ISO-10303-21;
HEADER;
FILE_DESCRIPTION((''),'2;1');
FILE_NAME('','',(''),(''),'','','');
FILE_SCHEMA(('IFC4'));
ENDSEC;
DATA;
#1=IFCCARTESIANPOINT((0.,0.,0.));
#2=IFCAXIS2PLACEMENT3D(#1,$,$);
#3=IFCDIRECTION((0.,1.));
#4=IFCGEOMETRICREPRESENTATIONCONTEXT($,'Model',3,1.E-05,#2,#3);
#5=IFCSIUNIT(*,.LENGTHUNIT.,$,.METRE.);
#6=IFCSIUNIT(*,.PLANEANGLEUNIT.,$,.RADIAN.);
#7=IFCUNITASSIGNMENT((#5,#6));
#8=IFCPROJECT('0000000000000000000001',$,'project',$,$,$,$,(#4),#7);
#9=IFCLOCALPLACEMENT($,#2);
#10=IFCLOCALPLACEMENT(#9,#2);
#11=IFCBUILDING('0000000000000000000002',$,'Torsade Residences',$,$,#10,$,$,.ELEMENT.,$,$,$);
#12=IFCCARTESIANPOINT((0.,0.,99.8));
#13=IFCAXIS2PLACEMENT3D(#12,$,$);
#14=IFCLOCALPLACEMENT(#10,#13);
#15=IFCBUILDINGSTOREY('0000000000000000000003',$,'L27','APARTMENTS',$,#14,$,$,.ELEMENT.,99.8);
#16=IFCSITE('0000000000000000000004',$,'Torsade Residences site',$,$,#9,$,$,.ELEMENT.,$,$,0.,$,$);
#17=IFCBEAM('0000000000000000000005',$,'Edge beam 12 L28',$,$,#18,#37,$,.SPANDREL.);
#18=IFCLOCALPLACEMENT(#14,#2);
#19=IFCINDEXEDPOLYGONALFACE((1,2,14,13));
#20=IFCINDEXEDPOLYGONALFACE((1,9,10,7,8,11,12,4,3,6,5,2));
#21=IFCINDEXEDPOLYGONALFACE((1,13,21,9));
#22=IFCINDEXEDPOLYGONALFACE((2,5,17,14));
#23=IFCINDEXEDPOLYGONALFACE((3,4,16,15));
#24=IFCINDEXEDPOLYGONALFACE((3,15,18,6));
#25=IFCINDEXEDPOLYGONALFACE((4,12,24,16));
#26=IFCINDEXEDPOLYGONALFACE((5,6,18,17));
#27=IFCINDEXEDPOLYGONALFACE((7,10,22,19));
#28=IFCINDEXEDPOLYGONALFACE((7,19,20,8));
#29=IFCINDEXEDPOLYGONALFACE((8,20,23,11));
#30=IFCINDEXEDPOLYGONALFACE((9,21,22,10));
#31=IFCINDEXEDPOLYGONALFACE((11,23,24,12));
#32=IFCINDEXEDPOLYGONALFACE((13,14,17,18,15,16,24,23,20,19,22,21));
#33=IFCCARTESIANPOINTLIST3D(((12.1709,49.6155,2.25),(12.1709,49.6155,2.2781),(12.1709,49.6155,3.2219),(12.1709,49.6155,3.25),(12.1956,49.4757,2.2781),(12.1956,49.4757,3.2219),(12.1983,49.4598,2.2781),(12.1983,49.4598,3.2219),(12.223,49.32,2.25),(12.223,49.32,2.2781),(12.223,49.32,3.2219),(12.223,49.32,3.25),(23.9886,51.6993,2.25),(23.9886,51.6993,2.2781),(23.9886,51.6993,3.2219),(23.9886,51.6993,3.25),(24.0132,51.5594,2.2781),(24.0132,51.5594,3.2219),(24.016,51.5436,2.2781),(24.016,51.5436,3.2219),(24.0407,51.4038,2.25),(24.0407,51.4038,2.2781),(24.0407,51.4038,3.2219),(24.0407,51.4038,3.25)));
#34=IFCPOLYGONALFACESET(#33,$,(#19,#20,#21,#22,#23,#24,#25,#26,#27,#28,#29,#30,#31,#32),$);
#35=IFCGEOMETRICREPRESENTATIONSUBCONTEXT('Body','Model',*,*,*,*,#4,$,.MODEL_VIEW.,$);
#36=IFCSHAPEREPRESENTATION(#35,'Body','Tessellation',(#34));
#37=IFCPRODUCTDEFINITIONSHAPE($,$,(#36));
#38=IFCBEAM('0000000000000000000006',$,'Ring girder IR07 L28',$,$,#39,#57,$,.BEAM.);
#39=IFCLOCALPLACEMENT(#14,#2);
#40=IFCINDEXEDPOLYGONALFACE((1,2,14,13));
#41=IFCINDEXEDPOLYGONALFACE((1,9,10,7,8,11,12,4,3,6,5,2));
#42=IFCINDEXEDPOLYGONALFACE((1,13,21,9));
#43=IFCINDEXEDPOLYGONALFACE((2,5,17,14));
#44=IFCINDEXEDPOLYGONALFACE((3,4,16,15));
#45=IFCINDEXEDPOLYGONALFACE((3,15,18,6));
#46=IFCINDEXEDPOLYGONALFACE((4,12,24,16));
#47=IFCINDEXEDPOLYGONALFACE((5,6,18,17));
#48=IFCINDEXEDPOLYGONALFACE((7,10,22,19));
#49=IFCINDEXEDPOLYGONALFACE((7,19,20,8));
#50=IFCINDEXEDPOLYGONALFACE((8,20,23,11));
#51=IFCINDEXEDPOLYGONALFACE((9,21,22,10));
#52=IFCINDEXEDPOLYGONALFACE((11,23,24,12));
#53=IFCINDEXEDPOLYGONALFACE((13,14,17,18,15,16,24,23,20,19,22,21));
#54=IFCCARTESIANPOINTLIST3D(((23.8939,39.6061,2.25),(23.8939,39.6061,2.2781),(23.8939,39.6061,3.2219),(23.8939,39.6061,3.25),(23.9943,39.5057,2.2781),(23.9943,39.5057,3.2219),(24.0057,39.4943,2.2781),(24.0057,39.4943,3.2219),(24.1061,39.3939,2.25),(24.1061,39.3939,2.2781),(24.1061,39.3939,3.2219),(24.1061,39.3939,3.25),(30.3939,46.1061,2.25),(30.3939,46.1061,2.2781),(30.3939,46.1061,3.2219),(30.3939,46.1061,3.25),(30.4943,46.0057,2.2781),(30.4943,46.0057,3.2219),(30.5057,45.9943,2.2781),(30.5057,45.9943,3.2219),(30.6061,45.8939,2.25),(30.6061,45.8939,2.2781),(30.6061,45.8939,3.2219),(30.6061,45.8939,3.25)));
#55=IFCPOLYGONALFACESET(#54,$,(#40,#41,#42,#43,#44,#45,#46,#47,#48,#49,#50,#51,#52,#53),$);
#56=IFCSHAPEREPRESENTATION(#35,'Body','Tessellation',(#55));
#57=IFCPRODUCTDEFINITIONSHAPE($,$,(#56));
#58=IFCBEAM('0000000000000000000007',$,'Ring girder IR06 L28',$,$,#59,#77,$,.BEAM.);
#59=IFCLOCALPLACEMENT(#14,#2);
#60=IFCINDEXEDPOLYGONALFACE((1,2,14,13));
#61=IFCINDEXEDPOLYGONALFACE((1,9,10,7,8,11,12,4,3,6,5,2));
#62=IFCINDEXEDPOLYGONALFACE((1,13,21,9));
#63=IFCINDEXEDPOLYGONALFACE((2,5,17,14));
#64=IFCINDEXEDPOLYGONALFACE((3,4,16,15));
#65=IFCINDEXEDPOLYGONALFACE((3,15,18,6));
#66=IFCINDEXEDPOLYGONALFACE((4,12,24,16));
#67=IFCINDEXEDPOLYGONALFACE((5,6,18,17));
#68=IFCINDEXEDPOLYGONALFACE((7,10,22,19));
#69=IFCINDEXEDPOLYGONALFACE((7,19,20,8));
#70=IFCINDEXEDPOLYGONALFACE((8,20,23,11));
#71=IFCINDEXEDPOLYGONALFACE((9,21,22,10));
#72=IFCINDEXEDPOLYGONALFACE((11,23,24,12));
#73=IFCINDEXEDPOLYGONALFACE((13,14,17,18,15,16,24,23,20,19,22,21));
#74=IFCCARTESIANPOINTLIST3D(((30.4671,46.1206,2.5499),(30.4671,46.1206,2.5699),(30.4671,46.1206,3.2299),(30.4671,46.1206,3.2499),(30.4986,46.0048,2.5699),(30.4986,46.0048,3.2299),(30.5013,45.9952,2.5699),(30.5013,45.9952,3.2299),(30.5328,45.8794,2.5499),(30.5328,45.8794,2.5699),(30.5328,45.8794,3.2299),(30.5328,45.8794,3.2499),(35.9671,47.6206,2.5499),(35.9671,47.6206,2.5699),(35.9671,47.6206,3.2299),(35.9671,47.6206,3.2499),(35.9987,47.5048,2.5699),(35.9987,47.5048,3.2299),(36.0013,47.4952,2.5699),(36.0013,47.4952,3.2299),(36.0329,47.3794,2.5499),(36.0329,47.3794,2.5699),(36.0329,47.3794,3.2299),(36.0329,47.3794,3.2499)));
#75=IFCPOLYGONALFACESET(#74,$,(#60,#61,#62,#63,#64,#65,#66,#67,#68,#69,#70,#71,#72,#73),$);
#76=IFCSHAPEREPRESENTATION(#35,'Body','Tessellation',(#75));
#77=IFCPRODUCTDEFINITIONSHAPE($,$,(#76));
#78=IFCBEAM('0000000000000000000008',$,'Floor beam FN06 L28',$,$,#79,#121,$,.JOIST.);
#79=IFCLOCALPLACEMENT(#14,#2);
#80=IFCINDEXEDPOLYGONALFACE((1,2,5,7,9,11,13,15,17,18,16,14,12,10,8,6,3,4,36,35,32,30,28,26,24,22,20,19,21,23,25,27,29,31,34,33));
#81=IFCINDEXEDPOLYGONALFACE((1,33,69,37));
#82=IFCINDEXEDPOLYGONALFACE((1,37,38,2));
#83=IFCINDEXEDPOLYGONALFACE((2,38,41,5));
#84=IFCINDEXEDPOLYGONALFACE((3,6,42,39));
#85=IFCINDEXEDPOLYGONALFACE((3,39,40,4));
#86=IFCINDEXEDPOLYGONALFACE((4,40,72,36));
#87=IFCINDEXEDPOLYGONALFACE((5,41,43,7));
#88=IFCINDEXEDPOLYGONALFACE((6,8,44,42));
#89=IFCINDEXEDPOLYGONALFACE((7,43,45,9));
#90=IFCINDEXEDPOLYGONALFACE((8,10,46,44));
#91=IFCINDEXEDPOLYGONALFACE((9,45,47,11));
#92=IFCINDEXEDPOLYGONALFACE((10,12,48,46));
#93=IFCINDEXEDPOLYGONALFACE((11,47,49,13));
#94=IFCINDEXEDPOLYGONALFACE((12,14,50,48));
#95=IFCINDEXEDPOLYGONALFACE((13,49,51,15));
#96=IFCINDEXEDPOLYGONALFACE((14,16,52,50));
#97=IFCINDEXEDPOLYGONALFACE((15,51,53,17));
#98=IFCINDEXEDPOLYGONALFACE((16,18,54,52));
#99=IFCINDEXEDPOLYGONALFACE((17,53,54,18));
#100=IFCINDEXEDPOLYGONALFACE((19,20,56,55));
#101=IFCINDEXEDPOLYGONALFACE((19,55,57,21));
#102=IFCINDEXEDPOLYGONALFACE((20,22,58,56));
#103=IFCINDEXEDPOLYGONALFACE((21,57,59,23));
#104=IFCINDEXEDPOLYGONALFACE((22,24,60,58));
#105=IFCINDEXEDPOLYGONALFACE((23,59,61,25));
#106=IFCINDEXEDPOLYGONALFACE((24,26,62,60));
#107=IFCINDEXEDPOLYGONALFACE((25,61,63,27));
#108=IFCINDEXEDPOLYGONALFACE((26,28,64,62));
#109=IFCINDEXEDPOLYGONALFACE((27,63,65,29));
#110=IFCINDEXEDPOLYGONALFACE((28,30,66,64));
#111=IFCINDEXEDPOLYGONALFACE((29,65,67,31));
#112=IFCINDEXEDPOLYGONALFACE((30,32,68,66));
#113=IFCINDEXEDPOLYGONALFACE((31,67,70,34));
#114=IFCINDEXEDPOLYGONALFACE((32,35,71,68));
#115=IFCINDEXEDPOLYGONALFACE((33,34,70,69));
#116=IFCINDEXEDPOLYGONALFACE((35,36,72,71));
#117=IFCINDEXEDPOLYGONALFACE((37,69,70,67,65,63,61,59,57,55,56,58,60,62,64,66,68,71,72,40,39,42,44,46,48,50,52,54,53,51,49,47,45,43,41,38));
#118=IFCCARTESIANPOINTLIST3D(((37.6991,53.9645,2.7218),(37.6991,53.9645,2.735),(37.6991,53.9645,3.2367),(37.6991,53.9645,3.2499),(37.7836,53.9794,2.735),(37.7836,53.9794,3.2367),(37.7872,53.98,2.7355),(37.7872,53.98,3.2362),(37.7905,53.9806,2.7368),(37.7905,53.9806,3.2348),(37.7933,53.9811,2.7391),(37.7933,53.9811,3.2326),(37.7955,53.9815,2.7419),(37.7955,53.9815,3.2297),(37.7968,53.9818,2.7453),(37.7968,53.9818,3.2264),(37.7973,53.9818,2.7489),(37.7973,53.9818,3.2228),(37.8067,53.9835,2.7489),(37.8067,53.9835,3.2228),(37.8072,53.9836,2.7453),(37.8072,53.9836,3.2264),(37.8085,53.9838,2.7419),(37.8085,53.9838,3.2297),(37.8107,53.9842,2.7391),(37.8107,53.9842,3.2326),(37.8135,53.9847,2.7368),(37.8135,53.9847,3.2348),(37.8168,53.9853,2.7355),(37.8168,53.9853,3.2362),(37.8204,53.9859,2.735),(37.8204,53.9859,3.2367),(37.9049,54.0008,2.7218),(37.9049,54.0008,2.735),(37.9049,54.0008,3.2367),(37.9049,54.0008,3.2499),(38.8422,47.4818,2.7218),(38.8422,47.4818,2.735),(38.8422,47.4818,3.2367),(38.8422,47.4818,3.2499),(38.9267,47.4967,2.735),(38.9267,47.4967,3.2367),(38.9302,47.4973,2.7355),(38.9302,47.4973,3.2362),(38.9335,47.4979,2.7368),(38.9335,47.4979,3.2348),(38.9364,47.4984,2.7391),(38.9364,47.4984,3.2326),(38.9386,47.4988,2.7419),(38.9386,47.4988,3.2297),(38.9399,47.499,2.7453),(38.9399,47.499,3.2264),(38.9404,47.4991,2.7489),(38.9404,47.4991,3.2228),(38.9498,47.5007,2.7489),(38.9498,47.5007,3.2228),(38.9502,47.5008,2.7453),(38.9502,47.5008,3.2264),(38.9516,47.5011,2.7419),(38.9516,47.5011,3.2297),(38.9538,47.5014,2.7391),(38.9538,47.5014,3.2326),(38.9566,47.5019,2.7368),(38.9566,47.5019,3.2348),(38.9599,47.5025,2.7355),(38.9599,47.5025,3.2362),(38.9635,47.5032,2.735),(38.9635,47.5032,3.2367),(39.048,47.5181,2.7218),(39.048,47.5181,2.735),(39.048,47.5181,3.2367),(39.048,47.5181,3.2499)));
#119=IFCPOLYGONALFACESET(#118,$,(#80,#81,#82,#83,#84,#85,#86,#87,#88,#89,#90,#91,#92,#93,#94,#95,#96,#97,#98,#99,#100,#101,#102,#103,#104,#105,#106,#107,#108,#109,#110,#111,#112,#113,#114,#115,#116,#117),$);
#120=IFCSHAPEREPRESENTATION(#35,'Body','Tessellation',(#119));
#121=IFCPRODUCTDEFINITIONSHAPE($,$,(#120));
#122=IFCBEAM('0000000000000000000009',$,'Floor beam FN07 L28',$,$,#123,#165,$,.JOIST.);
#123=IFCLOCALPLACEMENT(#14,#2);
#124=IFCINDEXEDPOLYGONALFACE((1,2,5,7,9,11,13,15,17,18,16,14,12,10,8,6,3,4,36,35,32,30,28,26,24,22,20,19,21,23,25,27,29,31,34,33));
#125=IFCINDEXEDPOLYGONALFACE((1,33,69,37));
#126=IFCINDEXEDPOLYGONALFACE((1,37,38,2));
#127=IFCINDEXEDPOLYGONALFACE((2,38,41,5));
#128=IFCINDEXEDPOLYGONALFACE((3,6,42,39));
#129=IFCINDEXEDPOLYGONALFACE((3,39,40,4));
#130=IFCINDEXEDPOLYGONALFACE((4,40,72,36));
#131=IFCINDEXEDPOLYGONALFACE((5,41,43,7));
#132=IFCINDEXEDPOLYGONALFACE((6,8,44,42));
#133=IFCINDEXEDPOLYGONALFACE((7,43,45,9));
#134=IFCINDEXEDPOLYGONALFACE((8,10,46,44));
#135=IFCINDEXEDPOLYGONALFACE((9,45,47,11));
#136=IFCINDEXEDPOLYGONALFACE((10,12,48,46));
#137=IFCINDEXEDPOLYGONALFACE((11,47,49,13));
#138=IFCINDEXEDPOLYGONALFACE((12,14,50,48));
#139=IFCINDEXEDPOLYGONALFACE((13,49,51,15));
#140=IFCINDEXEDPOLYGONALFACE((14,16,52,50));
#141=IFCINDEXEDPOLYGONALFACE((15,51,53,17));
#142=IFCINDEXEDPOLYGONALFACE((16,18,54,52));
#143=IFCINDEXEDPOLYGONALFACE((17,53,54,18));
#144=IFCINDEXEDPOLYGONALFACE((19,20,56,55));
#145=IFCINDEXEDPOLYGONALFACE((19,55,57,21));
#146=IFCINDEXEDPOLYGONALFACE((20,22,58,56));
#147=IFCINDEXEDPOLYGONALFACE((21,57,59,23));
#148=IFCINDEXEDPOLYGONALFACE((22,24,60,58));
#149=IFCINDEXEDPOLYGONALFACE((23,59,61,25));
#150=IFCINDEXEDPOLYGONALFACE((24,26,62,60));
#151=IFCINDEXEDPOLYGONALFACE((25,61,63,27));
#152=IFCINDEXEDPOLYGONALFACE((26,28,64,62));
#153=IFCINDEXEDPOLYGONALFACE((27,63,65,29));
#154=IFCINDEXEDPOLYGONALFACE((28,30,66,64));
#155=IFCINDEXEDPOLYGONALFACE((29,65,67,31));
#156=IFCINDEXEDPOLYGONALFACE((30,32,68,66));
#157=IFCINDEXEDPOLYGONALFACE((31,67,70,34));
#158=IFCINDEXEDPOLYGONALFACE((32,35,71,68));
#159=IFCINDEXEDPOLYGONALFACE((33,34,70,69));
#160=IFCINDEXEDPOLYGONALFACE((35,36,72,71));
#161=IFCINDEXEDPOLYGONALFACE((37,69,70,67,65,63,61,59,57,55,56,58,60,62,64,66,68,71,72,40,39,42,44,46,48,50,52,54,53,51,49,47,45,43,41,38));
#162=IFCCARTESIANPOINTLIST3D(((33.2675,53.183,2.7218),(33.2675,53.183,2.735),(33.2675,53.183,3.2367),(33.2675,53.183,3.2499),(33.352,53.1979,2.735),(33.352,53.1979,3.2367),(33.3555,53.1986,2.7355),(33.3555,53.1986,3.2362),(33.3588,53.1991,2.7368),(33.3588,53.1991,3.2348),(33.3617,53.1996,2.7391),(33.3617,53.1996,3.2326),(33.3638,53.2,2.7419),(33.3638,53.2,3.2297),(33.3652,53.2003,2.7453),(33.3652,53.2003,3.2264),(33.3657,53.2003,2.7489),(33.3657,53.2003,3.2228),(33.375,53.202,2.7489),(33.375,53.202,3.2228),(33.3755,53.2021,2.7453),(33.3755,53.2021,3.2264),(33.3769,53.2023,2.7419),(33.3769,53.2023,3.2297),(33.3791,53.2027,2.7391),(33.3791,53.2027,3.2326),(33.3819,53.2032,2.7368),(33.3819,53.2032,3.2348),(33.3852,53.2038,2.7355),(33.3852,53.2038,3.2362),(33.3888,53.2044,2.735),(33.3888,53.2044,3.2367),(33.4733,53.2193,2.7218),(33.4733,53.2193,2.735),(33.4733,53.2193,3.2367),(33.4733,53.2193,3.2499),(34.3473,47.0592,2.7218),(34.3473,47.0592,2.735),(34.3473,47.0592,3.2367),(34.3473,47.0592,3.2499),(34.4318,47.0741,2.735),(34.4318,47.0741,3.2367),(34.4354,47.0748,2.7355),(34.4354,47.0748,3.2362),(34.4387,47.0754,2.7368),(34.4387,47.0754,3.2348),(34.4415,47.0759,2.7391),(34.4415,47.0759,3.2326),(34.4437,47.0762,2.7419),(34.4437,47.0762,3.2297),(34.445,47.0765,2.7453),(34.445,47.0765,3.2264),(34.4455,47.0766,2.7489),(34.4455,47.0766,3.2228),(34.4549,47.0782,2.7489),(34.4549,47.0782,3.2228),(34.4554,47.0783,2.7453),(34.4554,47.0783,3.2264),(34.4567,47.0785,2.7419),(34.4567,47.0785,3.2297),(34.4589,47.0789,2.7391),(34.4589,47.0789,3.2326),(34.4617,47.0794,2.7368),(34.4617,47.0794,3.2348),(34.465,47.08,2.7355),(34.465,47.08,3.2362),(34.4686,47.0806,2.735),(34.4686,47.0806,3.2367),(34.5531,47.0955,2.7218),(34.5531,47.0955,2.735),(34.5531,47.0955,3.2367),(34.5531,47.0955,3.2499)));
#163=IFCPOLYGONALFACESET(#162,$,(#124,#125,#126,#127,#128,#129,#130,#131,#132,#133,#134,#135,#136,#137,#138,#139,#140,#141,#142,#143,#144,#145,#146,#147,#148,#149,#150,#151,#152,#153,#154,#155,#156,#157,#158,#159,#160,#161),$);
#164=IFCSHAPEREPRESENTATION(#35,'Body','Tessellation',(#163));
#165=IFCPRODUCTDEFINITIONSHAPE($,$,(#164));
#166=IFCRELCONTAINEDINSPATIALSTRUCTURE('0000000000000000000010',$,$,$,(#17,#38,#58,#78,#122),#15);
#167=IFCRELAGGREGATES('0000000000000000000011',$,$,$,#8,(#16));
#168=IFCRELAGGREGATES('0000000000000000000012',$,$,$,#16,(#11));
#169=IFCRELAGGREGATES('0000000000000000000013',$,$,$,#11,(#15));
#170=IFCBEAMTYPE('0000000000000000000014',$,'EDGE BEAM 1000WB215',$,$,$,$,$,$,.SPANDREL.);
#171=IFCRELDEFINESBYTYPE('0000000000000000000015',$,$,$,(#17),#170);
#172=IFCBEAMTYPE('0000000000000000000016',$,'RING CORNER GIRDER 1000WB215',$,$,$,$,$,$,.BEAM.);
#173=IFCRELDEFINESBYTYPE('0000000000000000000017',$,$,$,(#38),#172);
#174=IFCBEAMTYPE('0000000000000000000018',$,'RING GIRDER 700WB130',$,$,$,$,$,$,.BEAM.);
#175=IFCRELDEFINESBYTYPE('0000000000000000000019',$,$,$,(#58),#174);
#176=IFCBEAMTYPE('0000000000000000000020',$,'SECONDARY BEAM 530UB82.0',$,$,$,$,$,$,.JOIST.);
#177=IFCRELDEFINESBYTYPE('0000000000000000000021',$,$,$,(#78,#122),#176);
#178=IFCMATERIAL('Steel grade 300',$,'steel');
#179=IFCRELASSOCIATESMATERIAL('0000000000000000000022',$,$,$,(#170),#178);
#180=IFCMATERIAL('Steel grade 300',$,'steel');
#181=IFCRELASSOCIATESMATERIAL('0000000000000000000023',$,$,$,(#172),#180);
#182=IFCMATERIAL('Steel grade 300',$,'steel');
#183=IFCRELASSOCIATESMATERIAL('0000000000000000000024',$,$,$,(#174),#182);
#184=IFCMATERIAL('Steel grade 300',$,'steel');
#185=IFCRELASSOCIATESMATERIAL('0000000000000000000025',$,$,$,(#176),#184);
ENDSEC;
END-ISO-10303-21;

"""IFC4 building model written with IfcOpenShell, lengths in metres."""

from ifc_helpers import new_model, si_unit, direction, frame, origin, origin_2d, place, context, subcontext, project, spatial, i_section, extrude, material, material_profile, profile_set, type_object, element, save


model = new_model("IFC4")

# Units and contexts
model_context = context("Model", 3, precision=1e-05, world=origin(), true_north=direction((0.0, 1.0)))
body_context = subcontext(model_context, "Body", "Model", "MODEL_VIEW")
ifc_project = project(units=[si_unit("LENGTHUNIT", "METRE"), si_unit("PLANEANGLEUNIT", "RADIAN")], contexts=[model_context])

# Site, building, storey
site_placement = place(None, origin())
site = spatial("IfcSite", under=ifc_project, at=site_placement, Name="Torsade Residences site", CompositionType="ELEMENT", RefElevation=0.0)
building_placement = place(site_placement, origin())
building = spatial("IfcBuilding", under=site, at=building_placement, Name="Torsade Residences", CompositionType="ELEMENT")
storey_placement = place(building_placement, frame((0.0, 0.0, 99.8)))
storey = spatial("IfcBuildingStorey", under=building, at=storey_placement, Name="L27", Description="APARTMENTS", CompositionType="ELEMENT", Elevation=99.8)

# Beams
ifc_material_1 = material(Name="Steel grade 300", Category="steel")
ifc_material_profile_1 = material_profile(ifc_material_1, i_section(OverallWidth=0.3, OverallDepth=1.0, WebThickness=0.0161, FlangeThickness=0.0281, at=origin_2d()), Name="1000WB215")
ifc_profile_set_1 = profile_set([ifc_material_profile_1], Name="Steel grade 300")
beam_type_1 = type_object("IfcBeamType", Name="EDGE BEAM 1000WB215", PredefinedType="SPANDREL", material=ifc_profile_set_1)
beam_1_placement = place(storey_placement, frame((24.0146, 51.5515, 2.75), z_axis=(-0.984808, -0.173646, 0.0), x_axis=(0.173646, -0.984808, 0.0)))
element("IfcBeam", 1, at=beam_1_placement, inside=storey, type_object=beam_type_1, Name="Edge beam 12 L28", PredefinedType="SPANDREL", context=body_context, shape_type="SweptSolid", body=[
    extrude(i_section(OverallWidth=0.3, OverallDepth=1.0, WebThickness=0.0161, FlangeThickness=0.0281, at=origin_2d()), origin(), (0.0, 0.0, 1.0), 12.0),
])
ifc_material_2 = material(Name="Steel grade 300", Category="steel")
ifc_material_profile_2 = material_profile(ifc_material_2, i_section(OverallWidth=0.3, OverallDepth=1.0, WebThickness=0.0161, FlangeThickness=0.0281, at=origin_2d()), Name="1000WB215")
ifc_profile_set_2 = profile_set([ifc_material_profile_2], Name="Steel grade 300")
beam_type_2 = type_object("IfcBeamType", Name="RING CORNER GIRDER 1000WB215", PredefinedType="BEAM", material=ifc_profile_set_2)
beam_2_placement = place(storey_placement, frame((30.5, 46.0, 2.75), z_axis=(-0.707107, -0.707107, 0.0), x_axis=(0.707107, -0.707107, 0.0)))
element("IfcBeam", 2, at=beam_2_placement, inside=storey, type_object=beam_type_2, Name="Ring girder IR07 L28", PredefinedType="BEAM", context=body_context, shape_type="SweptSolid", body=[
    extrude(i_section(OverallWidth=0.3, OverallDepth=1.0, WebThickness=0.0161, FlangeThickness=0.0281, at=origin_2d()), origin(), (0.0, 0.0, 1.0), 9.1924),
])
ifc_material_3 = material(Name="Steel grade 300", Category="steel")
ifc_material_profile_3 = material_profile(ifc_material_3, i_section(OverallWidth=0.25, OverallDepth=0.7, WebThickness=0.01, FlangeThickness=0.02, at=origin_2d()), Name="700WB130")
ifc_profile_set_3 = profile_set([ifc_material_profile_3], Name="Steel grade 300")
beam_type_3 = type_object("IfcBeamType", Name="RING GIRDER 700WB130", PredefinedType="BEAM", material=ifc_profile_set_3)
beam_3_placement = place(storey_placement, frame((36.0, 47.5, 2.8999), z_axis=(-0.964764, -0.263117, 0.0), x_axis=(0.263117, -0.964764, 0.0)))
element("IfcBeam", 3, at=beam_3_placement, inside=storey, type_object=beam_type_3, Name="Ring girder IR06 L28", PredefinedType="BEAM", context=body_context, shape_type="SweptSolid", body=[
    extrude(i_section(OverallWidth=0.25, OverallDepth=0.7, WebThickness=0.01, FlangeThickness=0.02, at=origin_2d()), origin(), (0.0, 0.0, 1.0), 5.7009),
])
ifc_material_4 = material(Name="Steel grade 300", Category="steel")
ifc_material_profile_4 = material_profile(ifc_material_4, i_section(OverallWidth=0.209, OverallDepth=0.5281, WebThickness=0.0095, FlangeThickness=0.0132, FilletRadius=0.0139, at=origin_2d()), Name="530UB82.0")
ifc_profile_set_4 = profile_set([ifc_material_profile_4], Name="Steel grade 300")
beam_type_4 = type_object("IfcBeamType", Name="SECONDARY BEAM 530UB82.0", PredefinedType="JOIST", material=ifc_profile_set_4)
beam_4_placement = place(storey_placement, frame((37.802, 53.9827, 2.9858), z_axis=(0.173648, -0.984808, 0.0), x_axis=(0.984808, 0.173648, 0.0)))
element("IfcBeam", 4, at=beam_4_placement, inside=storey, type_object=beam_type_4, Name="Floor beam FN06 L28", PredefinedType="JOIST", context=body_context, shape_type="SweptSolid", body=[
    extrude(i_section(OverallWidth=0.209, OverallDepth=0.5281, WebThickness=0.0095, FlangeThickness=0.0132, FilletRadius=0.0139, at=origin_2d()), origin(), (0.0, 0.0, 1.0), 6.5828),
])
beam_5_placement = place(storey_placement, frame((33.3704, 53.2012, 2.9858), z_axis=(0.173655, -0.984806, 0.0), x_axis=(0.984806, 0.173655, 0.0)))
element("IfcBeam", 5, at=beam_5_placement, inside=storey, type_object=beam_type_4, Name="Floor beam FN07 L28", PredefinedType="JOIST", context=body_context, shape_type="SweptSolid", body=[
    extrude(i_section(OverallWidth=0.209, OverallDepth=0.5281, WebThickness=0.0095, FlangeThickness=0.0132, FilletRadius=0.0139, at=origin_2d()), origin(), (0.0, 0.0, 1.0), 6.2183),
])

save(model, "model.ifc")
